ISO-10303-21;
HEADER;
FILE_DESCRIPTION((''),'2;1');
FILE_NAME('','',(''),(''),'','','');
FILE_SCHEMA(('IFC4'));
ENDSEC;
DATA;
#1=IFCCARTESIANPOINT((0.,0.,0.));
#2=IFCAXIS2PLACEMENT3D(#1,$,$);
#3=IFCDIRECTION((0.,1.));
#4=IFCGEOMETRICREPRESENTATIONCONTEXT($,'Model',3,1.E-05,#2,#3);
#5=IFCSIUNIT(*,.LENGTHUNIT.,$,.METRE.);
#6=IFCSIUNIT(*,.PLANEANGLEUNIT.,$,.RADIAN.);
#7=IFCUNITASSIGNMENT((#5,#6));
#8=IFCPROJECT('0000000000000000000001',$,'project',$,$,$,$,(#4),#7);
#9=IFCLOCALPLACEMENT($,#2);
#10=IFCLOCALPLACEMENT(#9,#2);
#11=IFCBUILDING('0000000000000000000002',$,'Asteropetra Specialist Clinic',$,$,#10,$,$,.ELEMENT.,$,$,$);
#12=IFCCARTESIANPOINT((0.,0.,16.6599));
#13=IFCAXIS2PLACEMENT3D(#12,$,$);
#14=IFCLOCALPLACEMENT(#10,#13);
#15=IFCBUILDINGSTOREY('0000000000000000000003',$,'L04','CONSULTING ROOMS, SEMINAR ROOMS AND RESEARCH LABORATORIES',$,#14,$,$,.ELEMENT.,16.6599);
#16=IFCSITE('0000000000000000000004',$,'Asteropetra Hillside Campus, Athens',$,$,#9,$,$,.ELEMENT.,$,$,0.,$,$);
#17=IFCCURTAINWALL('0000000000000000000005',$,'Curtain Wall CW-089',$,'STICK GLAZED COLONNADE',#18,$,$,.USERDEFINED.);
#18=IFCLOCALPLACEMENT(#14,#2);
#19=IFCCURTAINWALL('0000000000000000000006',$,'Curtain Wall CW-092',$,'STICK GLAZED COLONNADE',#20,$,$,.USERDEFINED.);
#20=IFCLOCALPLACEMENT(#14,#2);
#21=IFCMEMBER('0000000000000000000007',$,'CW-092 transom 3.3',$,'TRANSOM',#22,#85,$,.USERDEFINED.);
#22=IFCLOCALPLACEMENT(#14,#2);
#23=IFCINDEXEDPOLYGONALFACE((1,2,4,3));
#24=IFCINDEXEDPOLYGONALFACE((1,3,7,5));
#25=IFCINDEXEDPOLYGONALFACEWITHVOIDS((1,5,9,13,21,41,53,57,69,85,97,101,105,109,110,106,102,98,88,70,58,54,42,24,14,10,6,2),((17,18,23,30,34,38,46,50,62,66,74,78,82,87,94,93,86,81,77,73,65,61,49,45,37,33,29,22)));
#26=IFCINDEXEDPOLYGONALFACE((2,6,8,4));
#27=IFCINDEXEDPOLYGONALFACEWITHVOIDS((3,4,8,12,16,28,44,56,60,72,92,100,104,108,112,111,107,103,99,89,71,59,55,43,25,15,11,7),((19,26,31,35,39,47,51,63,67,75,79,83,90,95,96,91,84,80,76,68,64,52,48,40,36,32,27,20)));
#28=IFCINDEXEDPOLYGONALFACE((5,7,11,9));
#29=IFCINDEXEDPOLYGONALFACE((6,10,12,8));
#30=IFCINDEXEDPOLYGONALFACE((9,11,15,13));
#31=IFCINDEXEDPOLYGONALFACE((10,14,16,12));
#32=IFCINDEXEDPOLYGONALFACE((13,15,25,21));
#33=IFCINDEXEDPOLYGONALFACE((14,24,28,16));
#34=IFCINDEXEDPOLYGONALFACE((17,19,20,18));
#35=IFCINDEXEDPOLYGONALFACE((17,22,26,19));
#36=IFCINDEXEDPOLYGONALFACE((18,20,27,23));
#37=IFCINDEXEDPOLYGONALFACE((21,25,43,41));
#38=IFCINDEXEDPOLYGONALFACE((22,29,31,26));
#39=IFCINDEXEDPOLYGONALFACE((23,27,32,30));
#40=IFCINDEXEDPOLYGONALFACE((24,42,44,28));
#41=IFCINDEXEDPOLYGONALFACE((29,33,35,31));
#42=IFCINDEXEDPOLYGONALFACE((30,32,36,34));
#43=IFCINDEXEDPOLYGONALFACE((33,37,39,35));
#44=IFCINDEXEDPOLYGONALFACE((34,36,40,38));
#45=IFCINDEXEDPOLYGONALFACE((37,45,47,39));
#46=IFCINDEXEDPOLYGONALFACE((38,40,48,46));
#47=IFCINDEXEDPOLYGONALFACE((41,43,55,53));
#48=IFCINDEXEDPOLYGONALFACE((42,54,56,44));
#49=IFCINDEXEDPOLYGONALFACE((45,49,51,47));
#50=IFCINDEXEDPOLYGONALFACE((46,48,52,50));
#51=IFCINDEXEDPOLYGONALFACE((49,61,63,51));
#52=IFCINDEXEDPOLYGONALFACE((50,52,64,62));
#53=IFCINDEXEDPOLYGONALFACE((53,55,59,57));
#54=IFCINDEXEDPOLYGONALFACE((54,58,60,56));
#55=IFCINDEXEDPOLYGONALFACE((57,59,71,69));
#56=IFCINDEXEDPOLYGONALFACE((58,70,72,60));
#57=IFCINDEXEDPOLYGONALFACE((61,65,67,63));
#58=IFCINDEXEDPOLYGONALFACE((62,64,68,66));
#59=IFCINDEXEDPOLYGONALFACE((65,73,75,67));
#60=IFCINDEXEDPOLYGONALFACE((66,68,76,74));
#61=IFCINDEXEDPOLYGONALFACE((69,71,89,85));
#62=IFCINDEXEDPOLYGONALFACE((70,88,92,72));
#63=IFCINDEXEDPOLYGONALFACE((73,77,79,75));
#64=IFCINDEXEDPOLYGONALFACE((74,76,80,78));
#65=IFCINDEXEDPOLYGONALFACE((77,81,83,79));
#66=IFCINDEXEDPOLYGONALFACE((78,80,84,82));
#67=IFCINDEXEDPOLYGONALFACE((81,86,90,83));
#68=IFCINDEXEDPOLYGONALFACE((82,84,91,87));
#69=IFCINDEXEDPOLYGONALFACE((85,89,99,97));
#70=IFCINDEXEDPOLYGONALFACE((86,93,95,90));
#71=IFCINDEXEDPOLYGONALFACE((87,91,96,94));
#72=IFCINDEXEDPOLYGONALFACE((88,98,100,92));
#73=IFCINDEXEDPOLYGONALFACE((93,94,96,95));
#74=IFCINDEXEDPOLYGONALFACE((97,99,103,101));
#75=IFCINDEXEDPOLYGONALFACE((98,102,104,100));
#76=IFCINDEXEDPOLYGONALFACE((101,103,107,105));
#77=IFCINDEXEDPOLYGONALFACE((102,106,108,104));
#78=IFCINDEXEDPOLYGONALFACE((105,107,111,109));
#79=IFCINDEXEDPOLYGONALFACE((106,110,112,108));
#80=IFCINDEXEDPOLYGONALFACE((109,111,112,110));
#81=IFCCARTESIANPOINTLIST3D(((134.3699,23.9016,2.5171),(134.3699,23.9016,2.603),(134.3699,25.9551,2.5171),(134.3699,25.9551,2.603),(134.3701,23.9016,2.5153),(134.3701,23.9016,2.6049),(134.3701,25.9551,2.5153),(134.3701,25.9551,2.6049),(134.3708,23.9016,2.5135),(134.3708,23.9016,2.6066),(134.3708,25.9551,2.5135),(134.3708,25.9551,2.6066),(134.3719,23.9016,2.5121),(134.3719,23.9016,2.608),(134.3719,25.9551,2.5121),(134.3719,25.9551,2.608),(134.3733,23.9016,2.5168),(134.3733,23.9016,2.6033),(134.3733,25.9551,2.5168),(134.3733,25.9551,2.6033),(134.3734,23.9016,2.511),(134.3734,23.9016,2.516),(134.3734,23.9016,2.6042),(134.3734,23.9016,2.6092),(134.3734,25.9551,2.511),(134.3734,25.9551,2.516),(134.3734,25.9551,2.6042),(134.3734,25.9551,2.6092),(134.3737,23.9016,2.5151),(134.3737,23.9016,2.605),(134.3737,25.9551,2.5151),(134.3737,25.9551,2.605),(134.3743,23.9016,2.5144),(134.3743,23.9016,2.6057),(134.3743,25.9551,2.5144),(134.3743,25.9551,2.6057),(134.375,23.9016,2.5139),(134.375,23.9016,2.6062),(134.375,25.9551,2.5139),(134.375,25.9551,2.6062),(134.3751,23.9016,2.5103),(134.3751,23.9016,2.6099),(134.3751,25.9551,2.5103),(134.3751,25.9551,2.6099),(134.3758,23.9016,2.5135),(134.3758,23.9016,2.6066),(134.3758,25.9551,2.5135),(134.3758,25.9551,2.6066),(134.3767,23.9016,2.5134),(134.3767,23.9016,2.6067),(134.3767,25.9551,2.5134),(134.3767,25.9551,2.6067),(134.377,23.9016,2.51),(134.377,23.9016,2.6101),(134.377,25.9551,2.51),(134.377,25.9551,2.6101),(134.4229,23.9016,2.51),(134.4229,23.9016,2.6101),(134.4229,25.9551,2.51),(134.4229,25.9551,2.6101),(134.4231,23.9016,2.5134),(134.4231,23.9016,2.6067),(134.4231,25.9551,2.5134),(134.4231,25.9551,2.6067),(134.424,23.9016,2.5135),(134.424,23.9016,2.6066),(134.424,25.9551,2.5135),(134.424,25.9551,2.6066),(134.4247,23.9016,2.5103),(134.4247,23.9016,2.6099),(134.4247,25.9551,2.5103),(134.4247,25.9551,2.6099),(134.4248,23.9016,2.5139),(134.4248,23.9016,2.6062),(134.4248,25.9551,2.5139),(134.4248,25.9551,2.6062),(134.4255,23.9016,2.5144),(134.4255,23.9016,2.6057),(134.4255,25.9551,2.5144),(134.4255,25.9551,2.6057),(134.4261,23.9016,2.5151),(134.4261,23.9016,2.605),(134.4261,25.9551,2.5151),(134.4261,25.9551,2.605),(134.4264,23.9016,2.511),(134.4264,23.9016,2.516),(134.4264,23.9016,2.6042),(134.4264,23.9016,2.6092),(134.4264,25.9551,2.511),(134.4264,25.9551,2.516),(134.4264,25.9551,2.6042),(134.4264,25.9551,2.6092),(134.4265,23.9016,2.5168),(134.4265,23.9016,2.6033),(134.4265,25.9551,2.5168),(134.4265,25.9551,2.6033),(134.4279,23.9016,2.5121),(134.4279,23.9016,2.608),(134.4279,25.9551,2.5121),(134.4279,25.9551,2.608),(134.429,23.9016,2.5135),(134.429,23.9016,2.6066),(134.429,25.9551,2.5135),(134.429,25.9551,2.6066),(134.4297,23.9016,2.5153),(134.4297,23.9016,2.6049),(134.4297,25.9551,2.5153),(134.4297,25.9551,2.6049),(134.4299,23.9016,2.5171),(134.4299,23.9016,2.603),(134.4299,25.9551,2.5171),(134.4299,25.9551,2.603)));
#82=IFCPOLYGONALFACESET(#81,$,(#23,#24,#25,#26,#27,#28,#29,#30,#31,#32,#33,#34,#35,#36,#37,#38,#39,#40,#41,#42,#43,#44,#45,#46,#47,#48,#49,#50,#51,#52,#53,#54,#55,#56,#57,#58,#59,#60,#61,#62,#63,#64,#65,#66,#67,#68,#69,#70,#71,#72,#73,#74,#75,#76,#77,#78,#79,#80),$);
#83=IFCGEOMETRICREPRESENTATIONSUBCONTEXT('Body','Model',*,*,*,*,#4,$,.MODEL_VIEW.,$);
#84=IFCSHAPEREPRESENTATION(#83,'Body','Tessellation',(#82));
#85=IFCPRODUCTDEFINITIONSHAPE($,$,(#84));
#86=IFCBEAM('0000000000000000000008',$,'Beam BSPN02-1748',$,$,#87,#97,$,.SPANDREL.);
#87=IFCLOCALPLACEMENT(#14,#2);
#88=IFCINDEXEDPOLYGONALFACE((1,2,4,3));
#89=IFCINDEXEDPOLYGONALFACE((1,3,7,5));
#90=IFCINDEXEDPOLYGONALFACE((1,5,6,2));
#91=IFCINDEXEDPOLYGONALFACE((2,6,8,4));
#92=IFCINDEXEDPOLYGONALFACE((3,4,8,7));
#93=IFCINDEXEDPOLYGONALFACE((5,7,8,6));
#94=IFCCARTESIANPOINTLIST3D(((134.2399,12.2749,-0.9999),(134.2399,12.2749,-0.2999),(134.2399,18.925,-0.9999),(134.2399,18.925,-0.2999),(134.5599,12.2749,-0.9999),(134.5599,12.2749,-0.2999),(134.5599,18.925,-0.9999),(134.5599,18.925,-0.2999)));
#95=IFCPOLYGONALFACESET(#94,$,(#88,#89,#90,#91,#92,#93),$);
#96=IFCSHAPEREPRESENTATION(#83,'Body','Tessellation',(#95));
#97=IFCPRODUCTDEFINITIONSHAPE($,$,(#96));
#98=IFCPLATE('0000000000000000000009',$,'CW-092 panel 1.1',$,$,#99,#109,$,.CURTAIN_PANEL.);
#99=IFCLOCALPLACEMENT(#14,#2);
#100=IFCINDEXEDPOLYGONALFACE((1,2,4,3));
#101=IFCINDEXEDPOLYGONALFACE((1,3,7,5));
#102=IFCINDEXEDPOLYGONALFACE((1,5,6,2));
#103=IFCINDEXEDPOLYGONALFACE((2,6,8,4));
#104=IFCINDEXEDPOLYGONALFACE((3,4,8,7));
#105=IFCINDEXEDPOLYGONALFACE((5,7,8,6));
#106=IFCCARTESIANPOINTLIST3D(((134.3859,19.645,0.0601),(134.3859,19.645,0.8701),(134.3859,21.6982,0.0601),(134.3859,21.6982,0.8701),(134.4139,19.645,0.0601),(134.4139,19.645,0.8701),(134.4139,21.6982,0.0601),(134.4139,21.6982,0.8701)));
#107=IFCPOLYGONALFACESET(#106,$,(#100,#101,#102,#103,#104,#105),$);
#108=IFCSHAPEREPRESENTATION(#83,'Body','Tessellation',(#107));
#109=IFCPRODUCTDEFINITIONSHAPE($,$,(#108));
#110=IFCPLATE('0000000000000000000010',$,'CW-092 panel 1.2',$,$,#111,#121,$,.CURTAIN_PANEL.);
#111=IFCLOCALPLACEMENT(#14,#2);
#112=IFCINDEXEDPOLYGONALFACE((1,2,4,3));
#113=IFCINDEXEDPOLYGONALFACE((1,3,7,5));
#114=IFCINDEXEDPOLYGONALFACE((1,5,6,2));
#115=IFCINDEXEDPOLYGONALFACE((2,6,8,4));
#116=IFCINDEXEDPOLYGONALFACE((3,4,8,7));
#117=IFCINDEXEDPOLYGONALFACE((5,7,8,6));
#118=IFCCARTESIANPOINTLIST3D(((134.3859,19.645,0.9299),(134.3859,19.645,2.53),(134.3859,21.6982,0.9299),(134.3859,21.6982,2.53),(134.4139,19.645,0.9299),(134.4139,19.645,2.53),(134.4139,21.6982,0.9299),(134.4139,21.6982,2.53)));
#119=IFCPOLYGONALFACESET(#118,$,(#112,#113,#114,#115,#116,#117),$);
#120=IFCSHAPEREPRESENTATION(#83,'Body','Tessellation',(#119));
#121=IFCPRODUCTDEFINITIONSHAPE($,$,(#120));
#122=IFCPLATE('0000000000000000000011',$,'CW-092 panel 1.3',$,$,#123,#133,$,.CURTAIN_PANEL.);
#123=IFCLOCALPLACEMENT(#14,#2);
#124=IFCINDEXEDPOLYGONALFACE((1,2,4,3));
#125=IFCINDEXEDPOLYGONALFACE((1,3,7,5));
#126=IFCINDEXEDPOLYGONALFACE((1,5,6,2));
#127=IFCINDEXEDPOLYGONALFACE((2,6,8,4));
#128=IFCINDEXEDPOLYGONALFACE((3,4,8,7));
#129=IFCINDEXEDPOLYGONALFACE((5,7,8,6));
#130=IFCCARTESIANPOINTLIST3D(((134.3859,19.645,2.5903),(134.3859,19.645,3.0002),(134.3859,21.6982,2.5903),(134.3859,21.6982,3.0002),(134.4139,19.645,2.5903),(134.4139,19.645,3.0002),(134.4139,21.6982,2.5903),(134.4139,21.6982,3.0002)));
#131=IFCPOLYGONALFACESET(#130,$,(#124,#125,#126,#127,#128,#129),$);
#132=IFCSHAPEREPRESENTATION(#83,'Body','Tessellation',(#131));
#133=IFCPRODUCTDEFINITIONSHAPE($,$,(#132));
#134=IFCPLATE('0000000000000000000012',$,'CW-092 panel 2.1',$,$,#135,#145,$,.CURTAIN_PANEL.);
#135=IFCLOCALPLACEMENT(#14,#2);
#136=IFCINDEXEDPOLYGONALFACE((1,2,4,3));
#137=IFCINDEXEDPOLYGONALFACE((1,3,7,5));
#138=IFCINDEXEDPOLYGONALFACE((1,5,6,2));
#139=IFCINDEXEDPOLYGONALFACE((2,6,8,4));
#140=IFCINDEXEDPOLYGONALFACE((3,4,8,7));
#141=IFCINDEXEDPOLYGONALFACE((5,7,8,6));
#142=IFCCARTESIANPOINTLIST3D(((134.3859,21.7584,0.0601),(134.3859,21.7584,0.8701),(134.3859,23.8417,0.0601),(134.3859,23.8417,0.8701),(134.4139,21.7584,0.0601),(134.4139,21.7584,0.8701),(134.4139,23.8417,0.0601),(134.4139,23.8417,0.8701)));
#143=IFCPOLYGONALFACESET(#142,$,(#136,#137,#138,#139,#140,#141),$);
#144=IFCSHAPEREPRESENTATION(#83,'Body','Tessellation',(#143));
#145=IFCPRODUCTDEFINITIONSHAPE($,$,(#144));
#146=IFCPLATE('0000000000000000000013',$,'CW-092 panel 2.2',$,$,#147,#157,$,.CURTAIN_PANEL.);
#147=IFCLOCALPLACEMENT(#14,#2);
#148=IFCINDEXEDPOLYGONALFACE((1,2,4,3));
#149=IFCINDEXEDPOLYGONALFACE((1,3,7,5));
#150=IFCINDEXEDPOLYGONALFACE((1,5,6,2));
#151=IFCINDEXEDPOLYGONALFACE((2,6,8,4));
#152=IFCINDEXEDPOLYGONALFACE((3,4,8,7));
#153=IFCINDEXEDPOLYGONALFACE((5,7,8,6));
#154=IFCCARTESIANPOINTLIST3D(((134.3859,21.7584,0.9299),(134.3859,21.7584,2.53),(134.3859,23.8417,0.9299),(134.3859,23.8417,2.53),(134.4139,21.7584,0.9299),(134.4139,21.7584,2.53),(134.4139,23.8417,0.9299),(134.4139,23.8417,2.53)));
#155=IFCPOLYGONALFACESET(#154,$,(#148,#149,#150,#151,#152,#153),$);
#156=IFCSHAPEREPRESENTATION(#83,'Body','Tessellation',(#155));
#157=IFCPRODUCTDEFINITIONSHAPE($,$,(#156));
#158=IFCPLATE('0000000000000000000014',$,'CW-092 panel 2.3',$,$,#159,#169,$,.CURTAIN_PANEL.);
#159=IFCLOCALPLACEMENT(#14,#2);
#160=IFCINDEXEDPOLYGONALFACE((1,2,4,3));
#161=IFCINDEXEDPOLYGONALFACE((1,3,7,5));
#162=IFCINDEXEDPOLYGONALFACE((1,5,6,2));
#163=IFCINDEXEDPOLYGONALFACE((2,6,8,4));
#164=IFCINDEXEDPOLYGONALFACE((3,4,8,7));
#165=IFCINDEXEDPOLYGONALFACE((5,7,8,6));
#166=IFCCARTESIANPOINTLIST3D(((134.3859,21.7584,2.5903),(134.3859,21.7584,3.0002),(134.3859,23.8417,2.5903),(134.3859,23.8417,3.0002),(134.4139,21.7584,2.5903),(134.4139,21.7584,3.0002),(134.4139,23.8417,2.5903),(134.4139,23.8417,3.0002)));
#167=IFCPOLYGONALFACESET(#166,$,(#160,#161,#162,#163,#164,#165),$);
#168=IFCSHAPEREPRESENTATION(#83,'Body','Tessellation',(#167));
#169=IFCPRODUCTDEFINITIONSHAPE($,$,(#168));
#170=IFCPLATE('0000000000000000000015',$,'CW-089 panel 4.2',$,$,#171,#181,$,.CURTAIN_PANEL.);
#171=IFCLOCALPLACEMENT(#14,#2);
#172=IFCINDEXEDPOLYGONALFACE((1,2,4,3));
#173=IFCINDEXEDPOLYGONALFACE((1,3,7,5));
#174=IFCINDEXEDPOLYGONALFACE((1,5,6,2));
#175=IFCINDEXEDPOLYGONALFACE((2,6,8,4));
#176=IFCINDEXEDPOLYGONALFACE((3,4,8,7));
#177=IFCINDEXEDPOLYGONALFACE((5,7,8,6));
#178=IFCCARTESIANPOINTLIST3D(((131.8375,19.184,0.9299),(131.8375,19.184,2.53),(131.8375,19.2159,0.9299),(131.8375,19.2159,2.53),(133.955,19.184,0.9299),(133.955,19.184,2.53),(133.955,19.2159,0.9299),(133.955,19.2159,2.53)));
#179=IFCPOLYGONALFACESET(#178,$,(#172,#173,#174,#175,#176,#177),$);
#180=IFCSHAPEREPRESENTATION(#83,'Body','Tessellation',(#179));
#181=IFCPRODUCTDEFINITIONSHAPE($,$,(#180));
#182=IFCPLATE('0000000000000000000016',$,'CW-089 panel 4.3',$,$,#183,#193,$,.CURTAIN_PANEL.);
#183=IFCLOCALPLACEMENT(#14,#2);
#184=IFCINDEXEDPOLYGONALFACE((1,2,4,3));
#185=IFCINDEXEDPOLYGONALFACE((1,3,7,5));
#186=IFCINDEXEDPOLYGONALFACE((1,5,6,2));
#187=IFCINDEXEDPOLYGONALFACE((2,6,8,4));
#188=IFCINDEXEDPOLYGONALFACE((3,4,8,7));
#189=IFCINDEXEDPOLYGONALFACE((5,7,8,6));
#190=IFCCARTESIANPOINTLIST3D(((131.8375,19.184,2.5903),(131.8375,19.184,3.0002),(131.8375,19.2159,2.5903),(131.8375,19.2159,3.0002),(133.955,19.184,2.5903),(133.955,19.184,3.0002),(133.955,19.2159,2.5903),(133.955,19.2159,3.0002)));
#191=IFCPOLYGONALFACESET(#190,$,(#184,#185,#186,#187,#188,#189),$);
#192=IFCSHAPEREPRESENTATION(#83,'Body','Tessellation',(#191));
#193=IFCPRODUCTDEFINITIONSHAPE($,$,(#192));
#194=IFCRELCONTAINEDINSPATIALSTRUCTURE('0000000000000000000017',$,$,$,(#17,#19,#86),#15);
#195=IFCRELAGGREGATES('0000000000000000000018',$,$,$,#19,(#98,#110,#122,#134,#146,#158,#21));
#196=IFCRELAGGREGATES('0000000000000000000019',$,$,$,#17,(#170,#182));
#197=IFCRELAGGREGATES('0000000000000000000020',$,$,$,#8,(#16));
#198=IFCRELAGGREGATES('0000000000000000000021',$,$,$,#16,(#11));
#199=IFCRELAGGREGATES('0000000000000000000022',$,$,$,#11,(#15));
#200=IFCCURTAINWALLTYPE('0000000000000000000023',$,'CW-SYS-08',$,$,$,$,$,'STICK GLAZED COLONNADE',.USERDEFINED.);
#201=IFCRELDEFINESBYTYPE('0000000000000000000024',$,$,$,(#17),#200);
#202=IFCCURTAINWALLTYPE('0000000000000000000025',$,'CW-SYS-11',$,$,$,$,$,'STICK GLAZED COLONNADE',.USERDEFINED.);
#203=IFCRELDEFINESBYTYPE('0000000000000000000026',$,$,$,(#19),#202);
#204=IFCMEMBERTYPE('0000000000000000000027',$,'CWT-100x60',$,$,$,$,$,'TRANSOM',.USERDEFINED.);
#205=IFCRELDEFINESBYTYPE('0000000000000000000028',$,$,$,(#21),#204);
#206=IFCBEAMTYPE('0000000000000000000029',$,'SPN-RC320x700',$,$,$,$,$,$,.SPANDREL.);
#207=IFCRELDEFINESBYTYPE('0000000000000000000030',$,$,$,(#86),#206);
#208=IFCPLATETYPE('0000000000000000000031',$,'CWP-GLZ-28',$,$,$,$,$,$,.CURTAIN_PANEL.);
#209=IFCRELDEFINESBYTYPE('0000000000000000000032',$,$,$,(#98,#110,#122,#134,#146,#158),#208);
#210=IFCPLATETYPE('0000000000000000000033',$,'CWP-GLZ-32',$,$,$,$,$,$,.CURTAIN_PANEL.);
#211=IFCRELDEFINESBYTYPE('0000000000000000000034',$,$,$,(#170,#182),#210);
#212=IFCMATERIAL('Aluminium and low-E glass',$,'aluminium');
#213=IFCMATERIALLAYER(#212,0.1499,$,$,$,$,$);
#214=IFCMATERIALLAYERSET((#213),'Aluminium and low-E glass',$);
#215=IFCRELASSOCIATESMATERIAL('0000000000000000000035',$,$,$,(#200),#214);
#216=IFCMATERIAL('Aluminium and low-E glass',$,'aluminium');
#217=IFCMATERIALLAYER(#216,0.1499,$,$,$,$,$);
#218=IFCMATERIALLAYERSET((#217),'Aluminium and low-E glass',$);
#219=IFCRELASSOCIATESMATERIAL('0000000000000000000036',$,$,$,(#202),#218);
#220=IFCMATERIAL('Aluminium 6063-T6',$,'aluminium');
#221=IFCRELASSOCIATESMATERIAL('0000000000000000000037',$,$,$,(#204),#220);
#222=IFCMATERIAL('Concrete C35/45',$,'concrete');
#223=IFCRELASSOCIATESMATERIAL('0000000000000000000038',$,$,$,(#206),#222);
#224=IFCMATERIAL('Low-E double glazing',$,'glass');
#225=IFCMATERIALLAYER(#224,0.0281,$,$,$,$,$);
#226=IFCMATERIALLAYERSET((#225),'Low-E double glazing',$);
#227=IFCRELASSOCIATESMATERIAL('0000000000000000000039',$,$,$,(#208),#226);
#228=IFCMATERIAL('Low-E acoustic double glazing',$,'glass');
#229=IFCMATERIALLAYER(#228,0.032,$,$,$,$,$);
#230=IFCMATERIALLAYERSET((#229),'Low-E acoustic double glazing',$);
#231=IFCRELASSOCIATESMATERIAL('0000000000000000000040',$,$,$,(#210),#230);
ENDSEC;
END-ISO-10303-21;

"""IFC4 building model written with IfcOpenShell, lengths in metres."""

from ifc_helpers import new_model, si_unit, direction, frame, origin, origin_2d, place, context, subcontext, project, spatial, rectangle, hollow_rectangle, extrude, material, layer, layer_set, material_profile, profile_set, type_object, element, aggregate, save


model = new_model("IFC4")

# Units and contexts
model_context = context("Model", 3, precision=1e-05, world=origin(), true_north=direction((0.0, 1.0)))
body_context = subcontext(model_context, "Body", "Model", "MODEL_VIEW")
ifc_project = project(units=[si_unit("LENGTHUNIT", "METRE"), si_unit("PLANEANGLEUNIT", "RADIAN")], contexts=[model_context])

# Site, building, storey
site_placement = place(None, origin())
site = spatial("IfcSite", under=ifc_project, at=site_placement, Name="Asteropetra Hillside Campus, Athens", CompositionType="ELEMENT", RefElevation=0.0)
building_placement = place(site_placement, origin())
building = spatial("IfcBuilding", under=site, at=building_placement, Name="Asteropetra Specialist Clinic", CompositionType="ELEMENT")
storey_placement = place(building_placement, frame((0.0, 0.0, 16.6599)))
storey = spatial("IfcBuildingStorey", under=building, at=storey_placement, Name="L04", Description="CONSULTING ROOMS, SEMINAR ROOMS AND RESEARCH LABORATORIES", CompositionType="ELEMENT", Elevation=16.6599)

# Curtain wall
ifc_material_1 = material(Name="Aluminium and low-E glass", Category="aluminium")
ifc_layer_1 = layer(ifc_material_1, 0.1499)
ifc_layer_set_1 = layer_set([ifc_layer_1], Name="Aluminium and low-E glass")
curtain_wall_type_1 = type_object("IfcCurtainWallType", Name="CW-SYS-08", ElementType="STICK GLAZED COLONNADE", PredefinedType="USERDEFINED", material=ifc_layer_set_1)
curtain_wall_1_placement = place(storey_placement, origin())
curtain_wall_1 = element("IfcCurtainWall", 1, at=curtain_wall_1_placement, inside=storey, type_object=curtain_wall_type_1, Name="Curtain Wall CW-089", ObjectType="STICK GLAZED COLONNADE", PredefinedType="USERDEFINED")

# Curtain wall, member
ifc_material_2 = material(Name="Aluminium and low-E glass", Category="aluminium")
ifc_layer_2 = layer(ifc_material_2, 0.1499)
ifc_layer_set_2 = layer_set([ifc_layer_2], Name="Aluminium and low-E glass")
curtain_wall_type_2 = type_object("IfcCurtainWallType", Name="CW-SYS-11", ElementType="STICK GLAZED COLONNADE", PredefinedType="USERDEFINED", material=ifc_layer_set_2)
curtain_wall_2_placement = place(storey_placement, origin())
curtain_wall_2 = element("IfcCurtainWall", 2, at=curtain_wall_2_placement, inside=storey, type_object=curtain_wall_type_2, Name="Curtain Wall CW-092", ObjectType="STICK GLAZED COLONNADE", PredefinedType="USERDEFINED")
ifc_material_3 = material(Name="Aluminium 6063-T6", Category="aluminium")
ifc_material_profile_1 = material_profile(ifc_material_3, hollow_rectangle(XDim=0.0601, YDim=0.1001, WallThickness=0.0034, InnerFilletRadius=0.0034, OuterFilletRadius=0.0071, at=origin_2d()), Name="TRN 100x60x3.5")
ifc_profile_set_1 = profile_set([ifc_material_profile_1], Name="Aluminium 6063-T6")
member_type_1 = type_object("IfcMemberType", Name="CWT-100x60", ElementType="TRANSOM", PredefinedType="USERDEFINED", material=ifc_profile_set_1)
member_1_placement = place(storey_placement, frame((134.3999, 23.9016, 2.5601), z_axis=(0.0, 1.0, 0.0), x_axis=(-1.0, 0.0, 0.0)))
member_1 = element("IfcMember", 3, at=member_1_placement, type_object=member_type_1, Name="CW-092 transom 3.3", ObjectType="TRANSOM", PredefinedType="USERDEFINED", context=body_context, shape_type="SweptSolid", body=[
    extrude(hollow_rectangle(XDim=0.0601, YDim=0.1001, WallThickness=0.0034, InnerFilletRadius=0.0034, OuterFilletRadius=0.0071, at=origin_2d()), origin(), (0.0, 0.0, 1.0), 2.0535),
])

# Beam
ifc_material_4 = material(Name="Concrete C35/45", Category="concrete")
ifc_material_profile_2 = material_profile(ifc_material_4, rectangle(XDim=0.3201, YDim=0.7, at=origin_2d()), Name="RCS 320x700")
ifc_profile_set_2 = profile_set([ifc_material_profile_2], Name="Concrete C35/45")
beam_type = type_object("IfcBeamType", Name="SPN-RC320x700", PredefinedType="SPANDREL", material=ifc_profile_set_2)
beam_placement = place(storey_placement, frame((134.3999, 12.2749, -0.6499), z_axis=(0.0, 1.0, 0.0), x_axis=(-1.0, 0.0, 0.0)))
element("IfcBeam", 4, at=beam_placement, inside=storey, type_object=beam_type, Name="Beam BSPN02-1748", PredefinedType="SPANDREL", context=body_context, shape_type="SweptSolid", body=[
    extrude(rectangle(XDim=0.3201, YDim=0.7, at=origin_2d()), origin(), (0.0, 0.0, 1.0), 6.6501),
])

# Plates
ifc_material_5 = material(Name="Low-E double glazing", Category="glass")
ifc_layer_3 = layer(ifc_material_5, 0.0281)
ifc_layer_set_3 = layer_set([ifc_layer_3], Name="Low-E double glazing")
plate_type_1 = type_object("IfcPlateType", Name="CWP-GLZ-28", PredefinedType="CURTAIN_PANEL", material=ifc_layer_set_3)
plate_1_placement = place(storey_placement, frame((134.3999, 20.6716, 0.0601), z_axis=(0.0, 0.0, 1.0), x_axis=(0.0, 1.0, 0.0)))
plate_1 = element("IfcPlate", 5, at=plate_1_placement, type_object=plate_type_1, Name="CW-092 panel 1.1", PredefinedType="CURTAIN_PANEL", context=body_context, shape_type="SweptSolid", body=[
    extrude(rectangle(XDim=2.0532, YDim=0.0281, at=origin_2d()), origin(), (0.0, 0.0, 1.0), 0.8101),
])
plate_2_placement = place(storey_placement, frame((134.3999, 20.6716, 0.9299), z_axis=(0.0, 0.0, 1.0), x_axis=(0.0, 1.0, 0.0)))
plate_2 = element("IfcPlate", 6, at=plate_2_placement, type_object=plate_type_1, Name="CW-092 panel 1.2", PredefinedType="CURTAIN_PANEL", context=body_context, shape_type="SweptSolid", body=[
    extrude(rectangle(XDim=2.0532, YDim=0.0281, at=origin_2d()), origin(), (0.0, 0.0, 1.0), 1.6001),
])
plate_3_placement = place(storey_placement, frame((134.3999, 20.6716, 2.5903), z_axis=(0.0, 0.0, 1.0), x_axis=(0.0, 1.0, 0.0)))
plate_3 = element("IfcPlate", 7, at=plate_3_placement, type_object=plate_type_1, Name="CW-092 panel 1.3", PredefinedType="CURTAIN_PANEL", context=body_context, shape_type="SweptSolid", body=[
    extrude(rectangle(XDim=2.0532, YDim=0.0281, at=origin_2d()), origin(), (0.0, 0.0, 1.0), 0.4099),
])
plate_4_placement = place(storey_placement, frame((134.3999, 22.8, 0.0601), z_axis=(0.0, 0.0, 1.0), x_axis=(0.0, 1.0, 0.0)))
plate_4 = element("IfcPlate", 8, at=plate_4_placement, type_object=plate_type_1, Name="CW-092 panel 2.1", PredefinedType="CURTAIN_PANEL", context=body_context, shape_type="SweptSolid", body=[
    extrude(rectangle(XDim=2.0833, YDim=0.0281, at=origin_2d()), origin(), (0.0, 0.0, 1.0), 0.8101),
])
plate_5_placement = place(storey_placement, frame((134.3999, 22.8, 0.9299), z_axis=(0.0, 0.0, 1.0), x_axis=(0.0, 1.0, 0.0)))
plate_5 = element("IfcPlate", 9, at=plate_5_placement, type_object=plate_type_1, Name="CW-092 panel 2.2", PredefinedType="CURTAIN_PANEL", context=body_context, shape_type="SweptSolid", body=[
    extrude(rectangle(XDim=2.0833, YDim=0.0281, at=origin_2d()), origin(), (0.0, 0.0, 1.0), 1.6001),
])
plate_6_placement = place(storey_placement, frame((134.3999, 22.8, 2.5903), z_axis=(0.0, 0.0, 1.0), x_axis=(0.0, 1.0, 0.0)))
plate_6 = element("IfcPlate", 10, at=plate_6_placement, type_object=plate_type_1, Name="CW-092 panel 2.3", PredefinedType="CURTAIN_PANEL", context=body_context, shape_type="SweptSolid", body=[
    extrude(rectangle(XDim=2.0833, YDim=0.0281, at=origin_2d()), origin(), (0.0, 0.0, 1.0), 0.4099),
])
aggregate(curtain_wall_2, [plate_1, plate_2, plate_3, plate_4, plate_5, plate_6, member_1])
ifc_material_6 = material(Name="Low-E acoustic double glazing", Category="glass")
ifc_layer_4 = layer(ifc_material_6, 0.032)
ifc_layer_set_4 = layer_set([ifc_layer_4], Name="Low-E acoustic double glazing")
plate_type_2 = type_object("IfcPlateType", Name="CWP-GLZ-32", PredefinedType="CURTAIN_PANEL", material=ifc_layer_set_4)
plate_7_placement = place(storey_placement, frame((132.8962, 19.2, 0.9299), z_axis=(0.0, 0.0, 1.0), x_axis=(1.0, 0.0, 0.0)))
plate_7 = element("IfcPlate", 11, at=plate_7_placement, type_object=plate_type_2, Name="CW-089 panel 4.2", PredefinedType="CURTAIN_PANEL", context=body_context, shape_type="SweptSolid", body=[
    extrude(rectangle(XDim=2.1174, YDim=0.032, at=origin_2d()), origin(), (0.0, 0.0, 1.0), 1.6001),
])
plate_8_placement = place(storey_placement, frame((132.8962, 19.2, 2.5903), z_axis=(0.0, 0.0, 1.0), x_axis=(1.0, 0.0, 0.0)))
plate_8 = element("IfcPlate", 12, at=plate_8_placement, type_object=plate_type_2, Name="CW-089 panel 4.3", PredefinedType="CURTAIN_PANEL", context=body_context, shape_type="SweptSolid", body=[
    extrude(rectangle(XDim=2.1174, YDim=0.032, at=origin_2d()), origin(), (0.0, 0.0, 1.0), 0.4099),
])
aggregate(curtain_wall_1, [plate_7, plate_8])

save(model, "model.ifc")
